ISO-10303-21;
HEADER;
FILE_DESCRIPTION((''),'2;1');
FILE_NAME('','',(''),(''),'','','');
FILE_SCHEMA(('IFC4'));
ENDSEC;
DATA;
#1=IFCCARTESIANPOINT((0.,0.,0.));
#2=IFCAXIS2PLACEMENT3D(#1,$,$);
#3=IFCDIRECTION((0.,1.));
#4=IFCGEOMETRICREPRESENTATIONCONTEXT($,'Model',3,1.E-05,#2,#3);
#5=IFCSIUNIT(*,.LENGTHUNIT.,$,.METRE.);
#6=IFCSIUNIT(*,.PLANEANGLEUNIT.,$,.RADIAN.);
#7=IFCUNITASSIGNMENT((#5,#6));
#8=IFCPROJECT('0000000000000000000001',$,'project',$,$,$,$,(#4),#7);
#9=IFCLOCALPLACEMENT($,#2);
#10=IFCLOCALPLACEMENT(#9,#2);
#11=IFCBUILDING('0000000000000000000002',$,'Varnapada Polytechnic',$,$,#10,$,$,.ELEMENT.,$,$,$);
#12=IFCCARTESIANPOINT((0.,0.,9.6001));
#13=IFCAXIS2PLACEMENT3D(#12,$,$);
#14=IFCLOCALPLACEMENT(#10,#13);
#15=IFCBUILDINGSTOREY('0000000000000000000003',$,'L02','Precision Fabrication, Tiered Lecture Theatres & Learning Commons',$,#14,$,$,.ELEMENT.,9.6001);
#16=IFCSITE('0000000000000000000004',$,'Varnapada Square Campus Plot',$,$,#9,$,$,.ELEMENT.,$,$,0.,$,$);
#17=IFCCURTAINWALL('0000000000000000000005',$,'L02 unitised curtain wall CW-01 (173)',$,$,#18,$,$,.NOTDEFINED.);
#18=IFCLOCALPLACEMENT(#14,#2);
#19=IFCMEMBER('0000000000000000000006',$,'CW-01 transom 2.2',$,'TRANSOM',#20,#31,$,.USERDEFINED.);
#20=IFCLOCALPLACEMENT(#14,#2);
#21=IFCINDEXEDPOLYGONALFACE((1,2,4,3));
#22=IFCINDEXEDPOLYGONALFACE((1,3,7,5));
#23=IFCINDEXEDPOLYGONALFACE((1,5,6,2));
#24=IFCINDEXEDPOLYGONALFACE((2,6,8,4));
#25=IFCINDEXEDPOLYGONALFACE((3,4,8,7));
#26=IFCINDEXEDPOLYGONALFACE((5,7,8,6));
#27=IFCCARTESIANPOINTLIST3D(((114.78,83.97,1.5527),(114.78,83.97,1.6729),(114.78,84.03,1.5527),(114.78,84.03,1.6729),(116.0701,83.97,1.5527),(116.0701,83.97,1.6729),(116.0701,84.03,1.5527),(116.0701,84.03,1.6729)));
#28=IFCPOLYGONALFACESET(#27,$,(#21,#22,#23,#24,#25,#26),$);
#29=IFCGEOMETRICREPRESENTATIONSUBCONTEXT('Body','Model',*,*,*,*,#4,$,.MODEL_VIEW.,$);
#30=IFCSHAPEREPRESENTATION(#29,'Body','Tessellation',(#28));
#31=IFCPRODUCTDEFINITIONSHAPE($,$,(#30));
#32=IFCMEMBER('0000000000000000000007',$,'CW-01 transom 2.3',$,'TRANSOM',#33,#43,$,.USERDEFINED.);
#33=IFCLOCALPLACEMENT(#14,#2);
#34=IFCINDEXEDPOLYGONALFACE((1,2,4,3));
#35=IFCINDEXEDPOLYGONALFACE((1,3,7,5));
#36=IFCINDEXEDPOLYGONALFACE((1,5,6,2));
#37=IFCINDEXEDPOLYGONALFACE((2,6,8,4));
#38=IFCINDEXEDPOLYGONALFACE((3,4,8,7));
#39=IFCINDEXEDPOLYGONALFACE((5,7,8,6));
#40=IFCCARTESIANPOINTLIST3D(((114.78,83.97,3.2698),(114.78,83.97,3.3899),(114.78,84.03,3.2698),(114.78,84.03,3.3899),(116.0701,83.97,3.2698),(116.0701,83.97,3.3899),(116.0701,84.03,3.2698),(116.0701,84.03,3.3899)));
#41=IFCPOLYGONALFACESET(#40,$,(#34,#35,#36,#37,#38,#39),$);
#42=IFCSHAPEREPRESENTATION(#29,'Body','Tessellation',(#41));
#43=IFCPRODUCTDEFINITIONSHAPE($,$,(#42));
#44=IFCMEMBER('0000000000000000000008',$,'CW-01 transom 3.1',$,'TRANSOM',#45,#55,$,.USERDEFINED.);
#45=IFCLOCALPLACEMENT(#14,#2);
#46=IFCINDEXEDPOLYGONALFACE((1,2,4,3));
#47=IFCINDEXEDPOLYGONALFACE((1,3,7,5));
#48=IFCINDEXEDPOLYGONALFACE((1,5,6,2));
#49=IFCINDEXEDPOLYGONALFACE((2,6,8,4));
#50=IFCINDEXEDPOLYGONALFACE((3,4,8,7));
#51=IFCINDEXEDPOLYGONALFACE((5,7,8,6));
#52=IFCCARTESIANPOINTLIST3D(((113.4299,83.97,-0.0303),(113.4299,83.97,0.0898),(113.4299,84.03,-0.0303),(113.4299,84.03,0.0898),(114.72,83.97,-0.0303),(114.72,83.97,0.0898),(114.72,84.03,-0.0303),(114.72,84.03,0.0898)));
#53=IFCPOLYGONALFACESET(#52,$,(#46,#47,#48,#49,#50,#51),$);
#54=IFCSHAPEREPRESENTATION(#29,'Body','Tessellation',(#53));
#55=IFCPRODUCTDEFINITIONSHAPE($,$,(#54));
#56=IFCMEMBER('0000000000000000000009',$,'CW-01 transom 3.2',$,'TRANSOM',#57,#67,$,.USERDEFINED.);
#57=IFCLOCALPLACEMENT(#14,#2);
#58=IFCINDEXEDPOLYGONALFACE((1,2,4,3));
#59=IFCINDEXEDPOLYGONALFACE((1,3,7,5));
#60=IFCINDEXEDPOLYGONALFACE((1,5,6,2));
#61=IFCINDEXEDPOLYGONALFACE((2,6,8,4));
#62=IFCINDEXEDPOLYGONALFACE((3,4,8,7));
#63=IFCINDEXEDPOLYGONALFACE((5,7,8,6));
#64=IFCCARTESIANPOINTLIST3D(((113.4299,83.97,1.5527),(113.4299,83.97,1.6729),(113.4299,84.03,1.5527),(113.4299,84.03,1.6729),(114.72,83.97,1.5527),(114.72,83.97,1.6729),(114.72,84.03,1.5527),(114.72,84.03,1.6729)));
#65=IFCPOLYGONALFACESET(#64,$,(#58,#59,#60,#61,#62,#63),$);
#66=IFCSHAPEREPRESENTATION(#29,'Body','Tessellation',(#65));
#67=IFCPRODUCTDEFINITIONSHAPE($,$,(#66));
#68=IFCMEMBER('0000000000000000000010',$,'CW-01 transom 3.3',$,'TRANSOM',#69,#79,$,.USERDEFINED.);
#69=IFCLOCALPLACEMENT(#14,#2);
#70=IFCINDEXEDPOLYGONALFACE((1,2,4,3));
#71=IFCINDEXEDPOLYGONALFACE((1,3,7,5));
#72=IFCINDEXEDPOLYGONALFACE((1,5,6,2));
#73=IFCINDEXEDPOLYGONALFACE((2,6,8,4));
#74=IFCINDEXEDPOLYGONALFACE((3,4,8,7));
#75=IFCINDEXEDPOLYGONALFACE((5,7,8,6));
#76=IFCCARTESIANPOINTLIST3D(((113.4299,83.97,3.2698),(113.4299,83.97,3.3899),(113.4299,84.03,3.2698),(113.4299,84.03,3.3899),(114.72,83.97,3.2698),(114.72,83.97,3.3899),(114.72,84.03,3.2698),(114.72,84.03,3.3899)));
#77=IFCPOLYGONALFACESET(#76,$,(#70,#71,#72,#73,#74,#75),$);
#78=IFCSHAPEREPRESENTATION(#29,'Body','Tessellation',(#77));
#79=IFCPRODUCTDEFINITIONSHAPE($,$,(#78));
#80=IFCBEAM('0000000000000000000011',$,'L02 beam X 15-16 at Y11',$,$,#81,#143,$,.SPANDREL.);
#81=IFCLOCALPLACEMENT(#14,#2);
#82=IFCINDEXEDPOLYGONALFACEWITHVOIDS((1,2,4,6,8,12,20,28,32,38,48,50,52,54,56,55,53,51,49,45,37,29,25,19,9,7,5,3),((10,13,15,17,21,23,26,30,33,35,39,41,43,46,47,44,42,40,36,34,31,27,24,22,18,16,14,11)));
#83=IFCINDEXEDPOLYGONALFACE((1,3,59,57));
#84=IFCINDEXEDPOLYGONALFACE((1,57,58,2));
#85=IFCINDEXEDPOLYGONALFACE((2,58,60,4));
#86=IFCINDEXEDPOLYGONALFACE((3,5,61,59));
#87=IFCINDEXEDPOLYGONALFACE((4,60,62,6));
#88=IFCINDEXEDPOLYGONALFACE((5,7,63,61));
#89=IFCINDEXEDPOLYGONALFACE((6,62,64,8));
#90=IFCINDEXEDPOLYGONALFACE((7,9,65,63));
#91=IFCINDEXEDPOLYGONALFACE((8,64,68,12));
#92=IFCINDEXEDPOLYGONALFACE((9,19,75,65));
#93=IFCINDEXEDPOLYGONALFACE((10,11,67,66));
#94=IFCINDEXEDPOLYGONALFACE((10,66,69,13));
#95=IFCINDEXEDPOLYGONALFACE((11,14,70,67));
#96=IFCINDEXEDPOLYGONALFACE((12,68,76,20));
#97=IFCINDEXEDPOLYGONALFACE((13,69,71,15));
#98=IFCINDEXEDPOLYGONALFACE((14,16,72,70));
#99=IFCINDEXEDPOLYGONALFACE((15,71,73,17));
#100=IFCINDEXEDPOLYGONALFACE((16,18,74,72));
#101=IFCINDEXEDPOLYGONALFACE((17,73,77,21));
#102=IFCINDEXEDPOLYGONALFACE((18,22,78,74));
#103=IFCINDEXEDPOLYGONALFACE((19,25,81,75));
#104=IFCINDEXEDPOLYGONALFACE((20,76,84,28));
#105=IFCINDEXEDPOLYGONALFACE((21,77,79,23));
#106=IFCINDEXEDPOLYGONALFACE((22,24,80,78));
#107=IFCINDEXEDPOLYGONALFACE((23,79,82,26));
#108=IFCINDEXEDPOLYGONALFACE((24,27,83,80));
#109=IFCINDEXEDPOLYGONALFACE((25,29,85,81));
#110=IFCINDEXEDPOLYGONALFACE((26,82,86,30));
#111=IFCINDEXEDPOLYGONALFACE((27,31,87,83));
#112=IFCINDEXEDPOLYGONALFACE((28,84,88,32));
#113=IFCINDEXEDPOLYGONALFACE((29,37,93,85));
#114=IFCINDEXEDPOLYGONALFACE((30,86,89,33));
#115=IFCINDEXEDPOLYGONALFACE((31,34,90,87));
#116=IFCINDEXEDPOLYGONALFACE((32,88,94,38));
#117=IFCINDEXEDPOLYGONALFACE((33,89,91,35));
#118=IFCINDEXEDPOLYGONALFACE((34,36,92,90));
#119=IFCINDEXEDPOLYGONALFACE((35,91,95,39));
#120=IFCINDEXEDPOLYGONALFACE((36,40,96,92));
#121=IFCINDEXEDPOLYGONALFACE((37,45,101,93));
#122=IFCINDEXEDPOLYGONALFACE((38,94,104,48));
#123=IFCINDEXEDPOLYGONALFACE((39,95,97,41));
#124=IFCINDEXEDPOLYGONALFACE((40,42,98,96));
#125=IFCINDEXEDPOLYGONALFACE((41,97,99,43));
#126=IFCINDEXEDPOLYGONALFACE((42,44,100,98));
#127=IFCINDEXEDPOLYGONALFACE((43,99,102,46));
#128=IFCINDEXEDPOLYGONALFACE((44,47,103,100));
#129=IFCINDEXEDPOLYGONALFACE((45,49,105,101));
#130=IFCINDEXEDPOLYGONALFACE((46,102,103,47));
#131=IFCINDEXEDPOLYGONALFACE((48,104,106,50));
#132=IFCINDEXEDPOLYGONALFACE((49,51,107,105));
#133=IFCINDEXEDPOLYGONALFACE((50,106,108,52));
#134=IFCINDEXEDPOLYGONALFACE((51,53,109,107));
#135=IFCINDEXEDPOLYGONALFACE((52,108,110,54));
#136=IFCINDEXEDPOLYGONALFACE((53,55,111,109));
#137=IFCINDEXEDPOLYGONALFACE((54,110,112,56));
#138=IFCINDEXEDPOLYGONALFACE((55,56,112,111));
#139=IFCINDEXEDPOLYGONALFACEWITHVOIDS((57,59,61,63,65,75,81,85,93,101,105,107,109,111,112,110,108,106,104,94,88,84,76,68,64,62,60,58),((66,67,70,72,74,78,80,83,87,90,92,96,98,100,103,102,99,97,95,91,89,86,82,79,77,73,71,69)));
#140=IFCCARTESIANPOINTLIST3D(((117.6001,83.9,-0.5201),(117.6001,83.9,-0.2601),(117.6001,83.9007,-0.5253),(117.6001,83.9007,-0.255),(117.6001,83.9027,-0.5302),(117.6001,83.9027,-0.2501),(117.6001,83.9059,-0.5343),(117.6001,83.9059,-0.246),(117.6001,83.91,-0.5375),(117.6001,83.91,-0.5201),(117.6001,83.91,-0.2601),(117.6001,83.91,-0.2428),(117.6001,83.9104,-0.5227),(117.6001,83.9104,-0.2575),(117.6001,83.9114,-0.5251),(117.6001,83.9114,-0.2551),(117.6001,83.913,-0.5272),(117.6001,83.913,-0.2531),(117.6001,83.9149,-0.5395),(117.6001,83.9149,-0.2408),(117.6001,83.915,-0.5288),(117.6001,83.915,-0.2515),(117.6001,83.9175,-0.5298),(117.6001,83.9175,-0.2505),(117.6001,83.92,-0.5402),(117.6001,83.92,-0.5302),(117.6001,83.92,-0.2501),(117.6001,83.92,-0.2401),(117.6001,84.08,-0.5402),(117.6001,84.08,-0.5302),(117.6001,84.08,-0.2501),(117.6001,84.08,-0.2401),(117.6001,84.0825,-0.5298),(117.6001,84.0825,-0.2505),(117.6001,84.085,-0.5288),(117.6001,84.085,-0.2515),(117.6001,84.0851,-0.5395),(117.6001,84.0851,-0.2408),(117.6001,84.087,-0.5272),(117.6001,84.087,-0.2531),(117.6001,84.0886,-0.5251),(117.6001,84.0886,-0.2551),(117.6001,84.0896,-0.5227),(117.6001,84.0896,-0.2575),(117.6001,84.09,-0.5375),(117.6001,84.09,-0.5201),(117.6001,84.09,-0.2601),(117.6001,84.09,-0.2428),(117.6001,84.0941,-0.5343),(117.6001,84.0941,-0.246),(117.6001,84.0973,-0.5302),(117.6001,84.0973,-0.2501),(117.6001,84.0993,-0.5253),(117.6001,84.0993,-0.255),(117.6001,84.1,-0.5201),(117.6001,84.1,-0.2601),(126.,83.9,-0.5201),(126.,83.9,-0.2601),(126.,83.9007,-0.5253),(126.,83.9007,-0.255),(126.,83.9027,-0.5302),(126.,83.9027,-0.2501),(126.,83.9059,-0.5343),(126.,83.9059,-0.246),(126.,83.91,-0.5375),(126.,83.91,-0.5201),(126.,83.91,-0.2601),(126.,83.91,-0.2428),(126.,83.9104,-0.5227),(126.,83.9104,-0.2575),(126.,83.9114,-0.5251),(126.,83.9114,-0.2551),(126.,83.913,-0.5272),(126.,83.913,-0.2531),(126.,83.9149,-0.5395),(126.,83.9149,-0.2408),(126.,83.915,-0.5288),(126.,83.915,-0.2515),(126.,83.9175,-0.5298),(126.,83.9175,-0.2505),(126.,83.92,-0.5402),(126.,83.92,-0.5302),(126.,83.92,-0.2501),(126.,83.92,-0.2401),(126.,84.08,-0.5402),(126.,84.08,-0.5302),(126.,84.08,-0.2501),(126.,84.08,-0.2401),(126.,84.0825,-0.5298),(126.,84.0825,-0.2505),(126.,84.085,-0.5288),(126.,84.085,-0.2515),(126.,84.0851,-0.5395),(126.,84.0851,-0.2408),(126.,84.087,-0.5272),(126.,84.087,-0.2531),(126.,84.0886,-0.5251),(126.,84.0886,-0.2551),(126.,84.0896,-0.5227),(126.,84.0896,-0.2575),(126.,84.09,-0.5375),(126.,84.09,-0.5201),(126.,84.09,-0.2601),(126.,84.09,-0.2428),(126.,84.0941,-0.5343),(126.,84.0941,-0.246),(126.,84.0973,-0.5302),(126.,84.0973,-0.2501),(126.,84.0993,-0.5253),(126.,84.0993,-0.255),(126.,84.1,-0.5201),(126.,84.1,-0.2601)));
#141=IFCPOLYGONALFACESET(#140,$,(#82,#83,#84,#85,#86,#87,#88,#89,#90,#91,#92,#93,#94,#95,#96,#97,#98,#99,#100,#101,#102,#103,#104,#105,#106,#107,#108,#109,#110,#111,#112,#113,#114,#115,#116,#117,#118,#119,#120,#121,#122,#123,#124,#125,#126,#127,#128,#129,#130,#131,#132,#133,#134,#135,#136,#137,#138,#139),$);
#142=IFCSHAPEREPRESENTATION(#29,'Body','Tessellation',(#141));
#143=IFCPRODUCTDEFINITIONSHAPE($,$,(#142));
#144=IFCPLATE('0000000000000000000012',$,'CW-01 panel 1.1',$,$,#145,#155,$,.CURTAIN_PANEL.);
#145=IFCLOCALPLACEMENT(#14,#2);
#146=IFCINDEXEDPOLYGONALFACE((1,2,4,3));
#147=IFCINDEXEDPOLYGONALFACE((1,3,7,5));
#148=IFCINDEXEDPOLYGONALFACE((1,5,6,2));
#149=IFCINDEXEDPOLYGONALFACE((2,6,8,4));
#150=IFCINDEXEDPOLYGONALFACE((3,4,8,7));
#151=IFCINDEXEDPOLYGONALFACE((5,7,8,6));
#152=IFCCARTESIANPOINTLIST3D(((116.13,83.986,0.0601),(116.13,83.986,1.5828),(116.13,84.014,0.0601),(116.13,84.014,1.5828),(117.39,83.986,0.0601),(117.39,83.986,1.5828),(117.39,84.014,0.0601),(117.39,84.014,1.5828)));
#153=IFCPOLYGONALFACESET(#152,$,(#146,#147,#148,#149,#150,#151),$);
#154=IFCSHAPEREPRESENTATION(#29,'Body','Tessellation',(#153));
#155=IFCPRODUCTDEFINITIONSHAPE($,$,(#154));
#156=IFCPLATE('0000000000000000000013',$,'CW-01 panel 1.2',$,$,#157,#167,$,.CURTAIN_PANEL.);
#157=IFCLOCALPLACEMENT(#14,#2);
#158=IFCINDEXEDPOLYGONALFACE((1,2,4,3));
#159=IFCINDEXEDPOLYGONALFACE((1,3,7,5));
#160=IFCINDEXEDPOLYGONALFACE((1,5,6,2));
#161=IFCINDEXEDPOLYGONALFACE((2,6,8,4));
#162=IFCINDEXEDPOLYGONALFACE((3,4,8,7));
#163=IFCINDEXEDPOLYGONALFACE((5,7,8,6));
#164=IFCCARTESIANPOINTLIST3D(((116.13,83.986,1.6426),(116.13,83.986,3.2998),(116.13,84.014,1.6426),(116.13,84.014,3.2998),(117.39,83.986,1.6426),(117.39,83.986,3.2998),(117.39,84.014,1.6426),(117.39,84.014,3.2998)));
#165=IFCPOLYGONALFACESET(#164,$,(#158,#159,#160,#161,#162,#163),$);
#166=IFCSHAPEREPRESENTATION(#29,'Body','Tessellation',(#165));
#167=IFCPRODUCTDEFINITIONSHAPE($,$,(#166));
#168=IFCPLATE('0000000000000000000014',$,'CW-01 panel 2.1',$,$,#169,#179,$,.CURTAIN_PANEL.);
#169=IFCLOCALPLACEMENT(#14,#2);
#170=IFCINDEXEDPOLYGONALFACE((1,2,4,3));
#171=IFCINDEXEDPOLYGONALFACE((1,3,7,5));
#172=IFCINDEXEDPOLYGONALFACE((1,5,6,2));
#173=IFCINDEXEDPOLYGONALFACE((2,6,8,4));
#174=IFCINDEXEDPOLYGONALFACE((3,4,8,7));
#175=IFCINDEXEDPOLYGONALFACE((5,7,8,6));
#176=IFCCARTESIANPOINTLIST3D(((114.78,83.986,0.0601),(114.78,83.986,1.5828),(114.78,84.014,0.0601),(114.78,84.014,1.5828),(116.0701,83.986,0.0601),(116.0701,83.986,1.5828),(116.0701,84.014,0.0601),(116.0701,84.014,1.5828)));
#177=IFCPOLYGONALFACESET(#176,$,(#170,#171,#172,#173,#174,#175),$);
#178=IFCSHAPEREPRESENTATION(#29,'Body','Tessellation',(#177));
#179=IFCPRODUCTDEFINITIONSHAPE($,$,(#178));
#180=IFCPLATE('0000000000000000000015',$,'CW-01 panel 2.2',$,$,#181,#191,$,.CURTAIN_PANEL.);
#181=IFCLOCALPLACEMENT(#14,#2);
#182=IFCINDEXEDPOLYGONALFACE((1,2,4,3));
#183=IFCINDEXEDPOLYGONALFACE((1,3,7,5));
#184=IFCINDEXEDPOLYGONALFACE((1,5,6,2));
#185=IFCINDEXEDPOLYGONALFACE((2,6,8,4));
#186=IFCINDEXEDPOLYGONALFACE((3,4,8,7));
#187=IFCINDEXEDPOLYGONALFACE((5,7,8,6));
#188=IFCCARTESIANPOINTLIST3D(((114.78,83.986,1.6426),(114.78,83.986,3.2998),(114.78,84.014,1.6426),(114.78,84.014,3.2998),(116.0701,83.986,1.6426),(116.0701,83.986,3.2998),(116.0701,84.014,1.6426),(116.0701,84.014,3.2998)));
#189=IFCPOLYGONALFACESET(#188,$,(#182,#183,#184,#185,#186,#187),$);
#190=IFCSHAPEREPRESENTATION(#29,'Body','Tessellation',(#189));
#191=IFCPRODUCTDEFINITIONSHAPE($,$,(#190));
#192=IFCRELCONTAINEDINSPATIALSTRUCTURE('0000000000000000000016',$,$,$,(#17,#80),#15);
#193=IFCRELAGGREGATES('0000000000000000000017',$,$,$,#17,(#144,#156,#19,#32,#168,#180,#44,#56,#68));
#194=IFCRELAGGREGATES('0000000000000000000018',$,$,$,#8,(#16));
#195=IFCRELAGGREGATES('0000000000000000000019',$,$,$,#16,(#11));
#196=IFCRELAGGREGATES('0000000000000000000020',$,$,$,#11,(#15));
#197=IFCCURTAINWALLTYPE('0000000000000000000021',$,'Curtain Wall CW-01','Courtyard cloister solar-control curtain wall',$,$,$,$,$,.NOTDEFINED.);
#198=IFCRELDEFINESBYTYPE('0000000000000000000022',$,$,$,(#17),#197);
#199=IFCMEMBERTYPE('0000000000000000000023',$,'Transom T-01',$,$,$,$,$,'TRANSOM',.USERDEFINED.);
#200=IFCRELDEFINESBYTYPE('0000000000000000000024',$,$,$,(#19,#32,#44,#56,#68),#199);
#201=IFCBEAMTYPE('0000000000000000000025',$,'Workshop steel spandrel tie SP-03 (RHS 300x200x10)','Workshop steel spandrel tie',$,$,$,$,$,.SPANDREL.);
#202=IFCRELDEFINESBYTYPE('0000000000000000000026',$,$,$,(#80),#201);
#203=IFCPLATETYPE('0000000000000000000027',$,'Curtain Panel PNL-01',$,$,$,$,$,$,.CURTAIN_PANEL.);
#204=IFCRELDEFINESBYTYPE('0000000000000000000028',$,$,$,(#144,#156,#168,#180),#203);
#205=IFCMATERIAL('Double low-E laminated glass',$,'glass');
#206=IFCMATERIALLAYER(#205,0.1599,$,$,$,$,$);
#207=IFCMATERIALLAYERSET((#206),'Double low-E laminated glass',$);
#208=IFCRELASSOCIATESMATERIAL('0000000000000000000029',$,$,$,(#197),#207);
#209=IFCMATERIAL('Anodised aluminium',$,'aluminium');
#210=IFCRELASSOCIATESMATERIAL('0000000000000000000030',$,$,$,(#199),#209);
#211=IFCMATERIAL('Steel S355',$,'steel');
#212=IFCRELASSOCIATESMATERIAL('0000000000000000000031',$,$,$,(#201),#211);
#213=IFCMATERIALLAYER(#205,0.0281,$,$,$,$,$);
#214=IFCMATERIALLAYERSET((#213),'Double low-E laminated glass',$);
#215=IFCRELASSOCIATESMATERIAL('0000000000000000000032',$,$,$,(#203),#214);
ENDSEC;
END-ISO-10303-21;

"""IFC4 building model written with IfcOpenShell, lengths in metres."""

from ifc_helpers import new_model, si_unit, direction, frame, origin, origin_2d, place, context, subcontext, project, spatial, rectangle, hollow_rectangle, extrude, material, layer, layer_set, material_profile, profile_set, type_object, element, aggregate, save


model = new_model("IFC4")

# Units and contexts
model_context = context("Model", 3, precision=1e-05, world=origin(), true_north=direction((0.0, 1.0)))
body_context = subcontext(model_context, "Body", "Model", "MODEL_VIEW")
ifc_project = project(units=[si_unit("LENGTHUNIT", "METRE"), si_unit("PLANEANGLEUNIT", "RADIAN")], contexts=[model_context])

# Site, building, storey
site_placement = place(None, origin())
site = spatial("IfcSite", under=ifc_project, at=site_placement, Name="Varnapada Square Campus Plot", CompositionType="ELEMENT", RefElevation=0.0)
building_placement = place(site_placement, origin())
building = spatial("IfcBuilding", under=site, at=building_placement, Name="Varnapada Polytechnic", CompositionType="ELEMENT")
storey_placement = place(building_placement, frame((0.0, 0.0, 9.6001)))
storey = spatial("IfcBuildingStorey", under=building, at=storey_placement, Name="L02", Description="Precision Fabrication, Tiered Lecture Theatres & Learning Commons", CompositionType="ELEMENT", Elevation=9.6001)

# Shared definitions
ifc_material_1 = material(Name="Steel S355", Category="steel")

# Curtain wall
ifc_material_2 = material(Name="Double low-E laminated glass", Category="glass")
ifc_layer_1 = layer(ifc_material_2, 0.1599)
ifc_layer_set_1 = layer_set([ifc_layer_1], Name="Double low-E laminated glass")
curtain_wall_type_1 = type_object("IfcCurtainWallType", Name="Curtain Wall CW-01", Description="Courtyard cloister solar-control curtain wall", PredefinedType="NOTDEFINED", material=ifc_layer_set_1)
curtain_wall_1_placement = place(storey_placement, origin())
curtain_wall_1 = element("IfcCurtainWall", 1, at=curtain_wall_1_placement, inside=storey, type_object=curtain_wall_type_1, Name="L02 unitised curtain wall CW-01 (173)", PredefinedType="NOTDEFINED")
ifc_material_3 = material(Name="Anodised aluminium", Category="aluminium")

# Members
ifc_material_profile_1 = material_profile(ifc_material_3, rectangle(XDim=0.0601, YDim=0.1201, at=origin_2d()), Name="ALU T60x120")
ifc_profile_set_1 = profile_set([ifc_material_profile_1], Name="Anodised aluminium")
member_type_1 = type_object("IfcMemberType", Name="Transom T-01", ElementType="TRANSOM", PredefinedType="USERDEFINED", material=ifc_profile_set_1)
member_1_placement = place(storey_placement, frame((116.0701, 84.0, 1.6128), z_axis=(-1.0, 0.0, 0.0), x_axis=(0.0, -1.0, 0.0)))
member_1 = element("IfcMember", 2, at=member_1_placement, type_object=member_type_1, Name="CW-01 transom 2.2", ObjectType="TRANSOM", PredefinedType="USERDEFINED", context=body_context, shape_type="SweptSolid", body=[
    extrude(rectangle(XDim=0.0601, YDim=0.1201, at=origin_2d()), origin(), (0.0, 0.0, 1.0), 1.29),
])
member_2_placement = place(storey_placement, frame((116.0701, 84.0, 3.3298), z_axis=(-1.0, 0.0, 0.0), x_axis=(0.0, -1.0, 0.0)))
member_2 = element("IfcMember", 3, at=member_2_placement, type_object=member_type_1, Name="CW-01 transom 2.3", ObjectType="TRANSOM", PredefinedType="USERDEFINED", context=body_context, shape_type="SweptSolid", body=[
    extrude(rectangle(XDim=0.0601, YDim=0.1201, at=origin_2d()), origin(), (0.0, 0.0, 1.0), 1.29),
])
member_3_placement = place(storey_placement, frame((114.72, 84.0, 0.0298), z_axis=(-1.0, 0.0, 0.0), x_axis=(0.0, -1.0, 0.0)))
member_3 = element("IfcMember", 4, at=member_3_placement, type_object=member_type_1, Name="CW-01 transom 3.1", ObjectType="TRANSOM", PredefinedType="USERDEFINED", context=body_context, shape_type="SweptSolid", body=[
    extrude(rectangle(XDim=0.0601, YDim=0.1201, at=origin_2d()), origin(), (0.0, 0.0, 1.0), 1.29),
])
member_4_placement = place(storey_placement, frame((114.72, 84.0, 1.6128), z_axis=(-1.0, 0.0, 0.0), x_axis=(0.0, -1.0, 0.0)))
member_4 = element("IfcMember", 5, at=member_4_placement, type_object=member_type_1, Name="CW-01 transom 3.2", ObjectType="TRANSOM", PredefinedType="USERDEFINED", context=body_context, shape_type="SweptSolid", body=[
    extrude(rectangle(XDim=0.0601, YDim=0.1201, at=origin_2d()), origin(), (0.0, 0.0, 1.0), 1.29),
])
member_5_placement = place(storey_placement, frame((114.72, 84.0, 3.3298), z_axis=(-1.0, 0.0, 0.0), x_axis=(0.0, -1.0, 0.0)))
member_5 = element("IfcMember", 6, at=member_5_placement, type_object=member_type_1, Name="CW-01 transom 3.3", ObjectType="TRANSOM", PredefinedType="USERDEFINED", context=body_context, shape_type="SweptSolid", body=[
    extrude(rectangle(XDim=0.0601, YDim=0.1201, at=origin_2d()), origin(), (0.0, 0.0, 1.0), 1.29),
])

# Beam
ifc_material_profile_2 = material_profile(ifc_material_1, hollow_rectangle(XDim=0.2, YDim=0.3, WallThickness=0.01, InnerFilletRadius=0.01, OuterFilletRadius=0.02, at=origin_2d()), Name="RHS 300x200x10")
ifc_profile_set_2 = profile_set([ifc_material_profile_2], Name="Steel S355")
beam_type_1 = type_object("IfcBeamType", Name="Workshop steel spandrel tie SP-03 (RHS 300x200x10)", Description="Workshop steel spandrel tie", PredefinedType="SPANDREL", material=ifc_profile_set_2)
beam_1_placement = place(storey_placement, frame((117.6001, 84.0, -0.3901), z_axis=(1.0, 0.0, 0.0), x_axis=(0.0, 1.0, 0.0)))
element("IfcBeam", 7, at=beam_1_placement, inside=storey, type_object=beam_type_1, Name="L02 beam X 15-16 at Y11", PredefinedType="SPANDREL", context=body_context, shape_type="SweptSolid", body=[
    extrude(hollow_rectangle(XDim=0.2, YDim=0.3, WallThickness=0.01, InnerFilletRadius=0.01, OuterFilletRadius=0.02, at=origin_2d()), origin(), (0.0, 0.0, 1.0), 8.3999),
])

# Plates
ifc_layer_2 = layer(ifc_material_2, 0.0281)
ifc_layer_set_2 = layer_set([ifc_layer_2], Name="Double low-E laminated glass")
plate_type = type_object("IfcPlateType", Name="Curtain Panel PNL-01", PredefinedType="CURTAIN_PANEL", material=ifc_layer_set_2)
plate_1_placement = place(storey_placement, frame((116.76, 84.0, 0.0601), z_axis=(0.0, 0.0, 1.0), x_axis=(-1.0, 0.0, 0.0)))
plate_1 = element("IfcPlate", 8, at=plate_1_placement, type_object=plate_type, Name="CW-01 panel 1.1", PredefinedType="CURTAIN_PANEL", context=body_context, shape_type="SweptSolid", body=[
    extrude(rectangle(XDim=1.26, YDim=0.0281, at=origin_2d()), origin(), (0.0, 0.0, 1.0), 1.5227),
])
plate_2_placement = place(storey_placement, frame((116.76, 84.0, 1.6426), z_axis=(0.0, 0.0, 1.0), x_axis=(-1.0, 0.0, 0.0)))
plate_2 = element("IfcPlate", 9, at=plate_2_placement, type_object=plate_type, Name="CW-01 panel 1.2", PredefinedType="CURTAIN_PANEL", context=body_context, shape_type="SweptSolid", body=[
    extrude(rectangle(XDim=1.26, YDim=0.0281, at=origin_2d()), origin(), (0.0, 0.0, 1.0), 1.6572),
])
plate_3_placement = place(storey_placement, frame((115.425, 84.0, 0.0601), z_axis=(0.0, 0.0, 1.0), x_axis=(-1.0, 0.0, 0.0)))
plate_3 = element("IfcPlate", 10, at=plate_3_placement, type_object=plate_type, Name="CW-01 panel 2.1", PredefinedType="CURTAIN_PANEL", context=body_context, shape_type="SweptSolid", body=[
    extrude(rectangle(XDim=1.29, YDim=0.0281, at=origin_2d()), origin(), (0.0, 0.0, 1.0), 1.5227),
])
plate_4_placement = place(storey_placement, frame((115.425, 84.0, 1.6426), z_axis=(0.0, 0.0, 1.0), x_axis=(-1.0, 0.0, 0.0)))
plate_4 = element("IfcPlate", 11, at=plate_4_placement, type_object=plate_type, Name="CW-01 panel 2.2", PredefinedType="CURTAIN_PANEL", context=body_context, shape_type="SweptSolid", body=[
    extrude(rectangle(XDim=1.29, YDim=0.0281, at=origin_2d()), origin(), (0.0, 0.0, 1.0), 1.6572),
])
aggregate(curtain_wall_1, [plate_1, plate_2, member_1, member_2, plate_3, plate_4, member_3, member_4, member_5])

save(model, "model.ifc")
